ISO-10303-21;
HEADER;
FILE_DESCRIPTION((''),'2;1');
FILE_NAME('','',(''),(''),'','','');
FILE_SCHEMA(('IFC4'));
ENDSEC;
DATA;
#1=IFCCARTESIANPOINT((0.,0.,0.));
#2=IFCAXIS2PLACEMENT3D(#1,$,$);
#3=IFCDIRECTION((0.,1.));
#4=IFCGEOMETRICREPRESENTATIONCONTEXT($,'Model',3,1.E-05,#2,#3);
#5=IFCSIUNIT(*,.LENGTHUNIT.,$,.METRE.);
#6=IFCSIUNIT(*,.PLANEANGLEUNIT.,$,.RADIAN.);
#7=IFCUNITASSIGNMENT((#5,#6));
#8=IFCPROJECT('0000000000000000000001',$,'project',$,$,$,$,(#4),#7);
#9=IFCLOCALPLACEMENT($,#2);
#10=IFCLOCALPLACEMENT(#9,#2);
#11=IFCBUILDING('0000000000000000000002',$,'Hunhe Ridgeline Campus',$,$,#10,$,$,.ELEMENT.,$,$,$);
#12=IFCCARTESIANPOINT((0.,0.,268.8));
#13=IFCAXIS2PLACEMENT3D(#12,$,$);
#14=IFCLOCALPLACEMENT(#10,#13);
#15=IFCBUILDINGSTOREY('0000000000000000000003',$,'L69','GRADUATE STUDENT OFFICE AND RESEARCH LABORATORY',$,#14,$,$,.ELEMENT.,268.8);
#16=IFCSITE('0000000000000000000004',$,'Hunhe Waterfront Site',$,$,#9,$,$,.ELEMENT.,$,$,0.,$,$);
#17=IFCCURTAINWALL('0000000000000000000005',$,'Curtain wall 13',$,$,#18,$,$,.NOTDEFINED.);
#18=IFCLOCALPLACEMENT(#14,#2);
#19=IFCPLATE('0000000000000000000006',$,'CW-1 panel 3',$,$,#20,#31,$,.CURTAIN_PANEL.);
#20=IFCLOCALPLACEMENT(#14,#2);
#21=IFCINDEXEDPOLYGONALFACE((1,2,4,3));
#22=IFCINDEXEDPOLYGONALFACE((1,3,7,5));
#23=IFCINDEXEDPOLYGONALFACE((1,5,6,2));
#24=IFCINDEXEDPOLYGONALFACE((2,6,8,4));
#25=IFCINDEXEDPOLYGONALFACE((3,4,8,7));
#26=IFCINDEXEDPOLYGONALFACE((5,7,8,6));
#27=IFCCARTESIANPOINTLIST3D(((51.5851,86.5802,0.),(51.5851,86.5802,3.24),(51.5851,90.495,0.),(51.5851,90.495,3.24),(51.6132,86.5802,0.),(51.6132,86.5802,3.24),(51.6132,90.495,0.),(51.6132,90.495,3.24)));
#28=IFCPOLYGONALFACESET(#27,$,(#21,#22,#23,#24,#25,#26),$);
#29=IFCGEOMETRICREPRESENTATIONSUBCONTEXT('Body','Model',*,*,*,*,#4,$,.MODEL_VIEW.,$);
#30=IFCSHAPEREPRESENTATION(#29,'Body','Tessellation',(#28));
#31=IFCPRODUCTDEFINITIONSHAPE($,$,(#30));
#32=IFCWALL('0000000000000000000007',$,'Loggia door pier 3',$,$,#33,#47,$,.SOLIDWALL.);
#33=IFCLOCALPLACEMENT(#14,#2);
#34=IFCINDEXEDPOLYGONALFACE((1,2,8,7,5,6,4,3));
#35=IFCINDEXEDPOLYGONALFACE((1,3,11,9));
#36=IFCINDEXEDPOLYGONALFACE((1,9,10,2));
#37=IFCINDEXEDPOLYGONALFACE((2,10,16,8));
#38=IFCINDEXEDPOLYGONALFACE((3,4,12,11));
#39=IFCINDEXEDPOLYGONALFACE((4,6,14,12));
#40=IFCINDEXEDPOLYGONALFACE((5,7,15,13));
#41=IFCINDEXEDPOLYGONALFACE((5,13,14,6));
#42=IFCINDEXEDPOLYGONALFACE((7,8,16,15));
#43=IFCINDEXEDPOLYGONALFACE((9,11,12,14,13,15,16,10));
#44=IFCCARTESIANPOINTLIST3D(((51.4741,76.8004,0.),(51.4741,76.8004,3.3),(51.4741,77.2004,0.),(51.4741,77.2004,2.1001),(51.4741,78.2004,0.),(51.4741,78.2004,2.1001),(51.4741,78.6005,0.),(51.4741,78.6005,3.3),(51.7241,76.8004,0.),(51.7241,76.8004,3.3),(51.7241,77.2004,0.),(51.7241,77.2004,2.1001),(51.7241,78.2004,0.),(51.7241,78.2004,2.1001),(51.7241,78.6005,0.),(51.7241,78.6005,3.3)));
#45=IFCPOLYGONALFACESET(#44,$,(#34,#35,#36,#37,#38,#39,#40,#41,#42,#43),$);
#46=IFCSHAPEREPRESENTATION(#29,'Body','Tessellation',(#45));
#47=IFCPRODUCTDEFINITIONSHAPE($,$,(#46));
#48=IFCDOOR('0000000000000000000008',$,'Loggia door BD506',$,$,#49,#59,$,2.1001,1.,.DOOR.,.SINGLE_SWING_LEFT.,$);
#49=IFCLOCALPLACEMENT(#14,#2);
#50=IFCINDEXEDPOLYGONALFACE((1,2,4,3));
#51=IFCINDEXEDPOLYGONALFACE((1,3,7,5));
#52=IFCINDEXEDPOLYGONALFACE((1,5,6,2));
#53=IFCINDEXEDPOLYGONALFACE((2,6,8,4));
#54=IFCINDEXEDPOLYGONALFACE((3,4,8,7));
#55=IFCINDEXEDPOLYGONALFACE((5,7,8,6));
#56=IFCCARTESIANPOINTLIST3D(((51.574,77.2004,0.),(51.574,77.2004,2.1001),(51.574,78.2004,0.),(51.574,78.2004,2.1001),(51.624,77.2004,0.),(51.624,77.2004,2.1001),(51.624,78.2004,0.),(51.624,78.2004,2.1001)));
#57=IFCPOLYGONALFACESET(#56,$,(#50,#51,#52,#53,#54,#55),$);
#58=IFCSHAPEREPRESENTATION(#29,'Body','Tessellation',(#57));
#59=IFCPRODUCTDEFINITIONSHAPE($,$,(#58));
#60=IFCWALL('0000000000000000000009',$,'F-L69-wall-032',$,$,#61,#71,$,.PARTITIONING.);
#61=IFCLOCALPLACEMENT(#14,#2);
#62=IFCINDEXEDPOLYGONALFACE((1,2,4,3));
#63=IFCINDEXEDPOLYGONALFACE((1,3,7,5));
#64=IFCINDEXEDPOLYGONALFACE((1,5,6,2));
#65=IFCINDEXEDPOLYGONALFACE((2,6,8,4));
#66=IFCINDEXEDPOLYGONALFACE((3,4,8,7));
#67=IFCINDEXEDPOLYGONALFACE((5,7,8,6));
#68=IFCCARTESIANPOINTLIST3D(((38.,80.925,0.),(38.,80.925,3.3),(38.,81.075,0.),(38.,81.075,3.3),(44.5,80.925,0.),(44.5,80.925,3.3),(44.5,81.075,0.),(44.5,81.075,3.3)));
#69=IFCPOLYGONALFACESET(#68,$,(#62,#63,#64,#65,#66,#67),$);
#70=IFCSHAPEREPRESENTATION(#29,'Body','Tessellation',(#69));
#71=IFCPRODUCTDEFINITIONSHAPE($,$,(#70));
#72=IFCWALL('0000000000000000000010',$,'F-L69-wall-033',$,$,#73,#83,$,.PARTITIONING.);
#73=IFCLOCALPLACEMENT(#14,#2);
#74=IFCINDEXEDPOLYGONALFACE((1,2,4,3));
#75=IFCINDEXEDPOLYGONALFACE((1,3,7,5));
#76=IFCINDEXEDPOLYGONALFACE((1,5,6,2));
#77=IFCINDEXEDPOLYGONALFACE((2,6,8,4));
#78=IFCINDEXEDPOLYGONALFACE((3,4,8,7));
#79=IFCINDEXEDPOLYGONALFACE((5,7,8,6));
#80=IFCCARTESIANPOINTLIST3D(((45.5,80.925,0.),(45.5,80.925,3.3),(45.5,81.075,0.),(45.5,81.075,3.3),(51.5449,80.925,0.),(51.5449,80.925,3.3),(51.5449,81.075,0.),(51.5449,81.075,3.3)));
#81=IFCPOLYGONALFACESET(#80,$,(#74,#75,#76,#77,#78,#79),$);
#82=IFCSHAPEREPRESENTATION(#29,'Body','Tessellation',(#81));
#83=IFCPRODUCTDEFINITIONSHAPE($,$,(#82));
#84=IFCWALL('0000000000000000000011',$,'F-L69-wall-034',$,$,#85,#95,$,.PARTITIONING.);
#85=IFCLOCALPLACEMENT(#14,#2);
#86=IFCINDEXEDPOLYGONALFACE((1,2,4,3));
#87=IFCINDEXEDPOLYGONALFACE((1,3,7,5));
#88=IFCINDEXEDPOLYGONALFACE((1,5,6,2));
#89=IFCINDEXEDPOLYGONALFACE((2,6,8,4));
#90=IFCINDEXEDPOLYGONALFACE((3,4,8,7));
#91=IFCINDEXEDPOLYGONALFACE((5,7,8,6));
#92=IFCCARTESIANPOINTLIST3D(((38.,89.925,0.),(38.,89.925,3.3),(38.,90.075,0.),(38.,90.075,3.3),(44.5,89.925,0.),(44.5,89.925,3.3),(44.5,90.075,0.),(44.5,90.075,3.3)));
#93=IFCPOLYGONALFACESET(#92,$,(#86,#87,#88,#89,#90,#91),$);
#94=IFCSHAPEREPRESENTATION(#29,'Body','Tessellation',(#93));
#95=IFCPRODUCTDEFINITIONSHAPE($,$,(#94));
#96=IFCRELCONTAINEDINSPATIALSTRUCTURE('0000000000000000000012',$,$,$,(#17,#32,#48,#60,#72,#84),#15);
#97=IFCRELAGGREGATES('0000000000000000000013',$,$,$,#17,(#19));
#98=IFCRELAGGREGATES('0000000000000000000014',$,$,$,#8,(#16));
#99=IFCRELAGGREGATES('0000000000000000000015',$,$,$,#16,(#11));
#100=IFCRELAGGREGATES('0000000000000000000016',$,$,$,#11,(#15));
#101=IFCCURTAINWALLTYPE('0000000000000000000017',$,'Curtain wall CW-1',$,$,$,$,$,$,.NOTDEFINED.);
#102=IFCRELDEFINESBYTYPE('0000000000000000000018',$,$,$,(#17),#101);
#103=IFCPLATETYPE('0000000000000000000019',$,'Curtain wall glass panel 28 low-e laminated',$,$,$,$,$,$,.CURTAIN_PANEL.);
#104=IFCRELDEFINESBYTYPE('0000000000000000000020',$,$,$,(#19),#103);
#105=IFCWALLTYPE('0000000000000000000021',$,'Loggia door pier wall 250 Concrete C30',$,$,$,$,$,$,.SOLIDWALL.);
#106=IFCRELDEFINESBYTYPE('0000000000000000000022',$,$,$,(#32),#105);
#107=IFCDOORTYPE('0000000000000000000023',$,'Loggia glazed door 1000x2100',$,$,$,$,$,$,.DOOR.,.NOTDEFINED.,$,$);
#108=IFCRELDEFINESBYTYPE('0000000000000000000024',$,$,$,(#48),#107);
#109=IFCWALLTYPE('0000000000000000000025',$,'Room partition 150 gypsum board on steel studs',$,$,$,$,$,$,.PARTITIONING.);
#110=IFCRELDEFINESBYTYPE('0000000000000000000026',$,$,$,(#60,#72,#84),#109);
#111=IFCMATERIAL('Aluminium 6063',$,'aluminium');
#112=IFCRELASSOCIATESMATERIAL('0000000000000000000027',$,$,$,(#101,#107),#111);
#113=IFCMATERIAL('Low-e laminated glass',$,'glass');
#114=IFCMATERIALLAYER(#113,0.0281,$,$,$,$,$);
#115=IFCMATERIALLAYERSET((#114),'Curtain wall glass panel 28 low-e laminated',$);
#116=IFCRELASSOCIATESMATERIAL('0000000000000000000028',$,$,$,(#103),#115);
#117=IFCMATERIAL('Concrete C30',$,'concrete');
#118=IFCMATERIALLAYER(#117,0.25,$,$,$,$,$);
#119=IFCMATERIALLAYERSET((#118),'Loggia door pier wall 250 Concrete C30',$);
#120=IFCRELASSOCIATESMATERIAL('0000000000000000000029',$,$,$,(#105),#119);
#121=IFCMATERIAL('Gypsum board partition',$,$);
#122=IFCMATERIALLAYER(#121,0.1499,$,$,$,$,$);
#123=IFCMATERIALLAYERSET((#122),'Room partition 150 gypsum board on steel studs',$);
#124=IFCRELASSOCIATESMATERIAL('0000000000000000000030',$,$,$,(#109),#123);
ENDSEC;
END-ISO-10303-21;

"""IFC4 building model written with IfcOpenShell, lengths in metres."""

from ifc_helpers import new_model, si_unit, direction, frame, frame_2d, origin, origin_2d, place, context, subcontext, project, spatial, rectangle, extrude, material, layer, layer_set, type_object, element, fill, aggregate, save


model = new_model("IFC4")

# Units and contexts
model_context = context("Model", 3, precision=1e-05, world=origin(), true_north=direction((0.0, 1.0)))
body_context = subcontext(model_context, "Body", "Model", "MODEL_VIEW")
ifc_project = project(units=[si_unit("LENGTHUNIT", "METRE"), si_unit("PLANEANGLEUNIT", "RADIAN")], contexts=[model_context])

# Site, building, storey
site_placement = place(None, origin())
site = spatial("IfcSite", under=ifc_project, at=site_placement, Name="Hunhe Waterfront Site", CompositionType="ELEMENT", RefElevation=0.0)
building_placement = place(site_placement, origin())
building = spatial("IfcBuilding", under=site, at=building_placement, Name="Hunhe Ridgeline Campus", CompositionType="ELEMENT")
storey_placement = place(building_placement, frame((0.0, 0.0, 268.8)))
storey = spatial("IfcBuildingStorey", under=building, at=storey_placement, Name="L69", Description="GRADUATE STUDENT OFFICE AND RESEARCH LABORATORY", CompositionType="ELEMENT", Elevation=268.8)

# Curtain wall
ifc_material_1 = material(Name="Aluminium 6063", Category="aluminium")
curtain_wall_type = type_object("IfcCurtainWallType", Name="Curtain wall CW-1", PredefinedType="NOTDEFINED", material=ifc_material_1)
curtain_wall_1_placement = place(storey_placement, origin())
curtain_wall_1 = element("IfcCurtainWall", 1, at=curtain_wall_1_placement, inside=storey, type_object=curtain_wall_type, Name="Curtain wall 13", PredefinedType="NOTDEFINED")

# Plate
ifc_material_2 = material(Name="Low-e laminated glass", Category="glass")
ifc_layer_1 = layer(ifc_material_2, 0.0281)
ifc_layer_set_1 = layer_set([ifc_layer_1], Name="Curtain wall glass panel 28 low-e laminated")
plate_type = type_object("IfcPlateType", Name="Curtain wall glass panel 28 low-e laminated", PredefinedType="CURTAIN_PANEL", material=ifc_layer_set_1)
plate_1_placement = place(storey_placement, frame((51.5991, 88.5376, 0.0), z_axis=(0.0, 0.0, 1.0), x_axis=(0.0, 1.0, 0.0)))
plate_1 = element("IfcPlate", 2, at=plate_1_placement, type_object=plate_type, Name="CW-1 panel 3", PredefinedType="CURTAIN_PANEL", context=body_context, shape_type="SweptSolid", body=[
    extrude(rectangle(XDim=3.9148, YDim=0.0281, at=origin_2d()), origin(), (0.0, 0.0, 1.0), 3.24),
])
aggregate(curtain_wall_1, [plate_1])

# Wall, opening, door
ifc_material_3 = material(Name="Concrete C30", Category="concrete")
ifc_layer_2 = layer(ifc_material_3, 0.25)
ifc_layer_set_2 = layer_set([ifc_layer_2], Name="Loggia door pier wall 250 Concrete C30")
wall_type_1 = type_object("IfcWallType", Name="Loggia door pier wall 250 Concrete C30", PredefinedType="SOLIDWALL", material=ifc_layer_set_2)
wall_1_placement = place(storey_placement, frame((51.5991, 76.8005, 0.0), z_axis=(0.0, 0.0, 1.0), x_axis=(0.0, 1.0, 0.0)))
wall_1 = element("IfcWall", 3, at=wall_1_placement, inside=storey, type_object=wall_type_1, Name="Loggia door pier 3", PredefinedType="SOLIDWALL", context=body_context, shape_type="SweptSolid", body=[
    extrude(rectangle(XDim=1.8, YDim=0.25, at=frame_2d((0.8999, 0.0))), origin(), (0.0, 0.0, 1.0), 3.3),
])
opening_placement = place(wall_1_placement, frame((0.3999, 0.0, 0.0)))
opening = element("IfcOpeningElement", 4, at=opening_placement, cuts=wall_1, PredefinedType="OPENING", context=body_context, shape_type="SweptSolid", body=[
    extrude(rectangle(XDim=1.0, YDim=2.1001, at=frame_2d((0.5, 1.05))), frame((0.0, 0.125, 0.0), z_axis=(0.0, -1.0, 0.0), x_axis=(1.0, 0.0, 0.0)), (0.0, 0.0, 1.0), 0.25),
])
door_type = type_object("IfcDoorType", Name="Loggia glazed door 1000x2100", OperationType="NOTDEFINED", PredefinedType="DOOR", material=ifc_material_1)
door_placement = place(opening_placement, frame((1.0, 0.0, 0.0), z_axis=(0.0, 0.0, 1.0), x_axis=(-1.0, 0.0, 0.0)))
door = element("IfcDoor", 5, at=door_placement, inside=storey, type_object=door_type, Name="Loggia door BD506", OperationType="SINGLE_SWING_LEFT", OverallHeight=2.1001, OverallWidth=1.0, PredefinedType="DOOR", context=body_context, shape_type="SweptSolid", body=[
    extrude(rectangle(XDim=1.0, YDim=2.1001, at=frame_2d((0.5, 1.05))), frame((0.0, 0.0249, 0.0), z_axis=(0.0, -1.0, 0.0), x_axis=(1.0, 0.0, 0.0)), (0.0, 0.0, 1.0), 0.05),
])
fill(opening, door)

# Walls
ifc_material_4 = material(Name="Gypsum board partition")
ifc_layer_3 = layer(ifc_material_4, 0.1499)
ifc_layer_set_3 = layer_set([ifc_layer_3], Name="Room partition 150 gypsum board on steel studs")
wall_type_2 = type_object("IfcWallType", Name="Room partition 150 gypsum board on steel studs", PredefinedType="PARTITIONING", material=ifc_layer_set_3)
wall_2_placement = place(storey_placement, frame((38.0, 81.0, 0.0), z_axis=(0.0, 0.0, 1.0), x_axis=(1.0, 0.0, 0.0)))
element("IfcWall", 6, at=wall_2_placement, inside=storey, type_object=wall_type_2, Name="F-L69-wall-032", PredefinedType="PARTITIONING", context=body_context, shape_type="SweptSolid", body=[
    extrude(rectangle(XDim=6.5, YDim=0.1499, at=frame_2d((3.25, 0.0))), origin(), (0.0, 0.0, 1.0), 3.3),
])
wall_3_placement = place(storey_placement, frame((45.5, 81.0, 0.0), z_axis=(0.0, 0.0, 1.0), x_axis=(1.0, 0.0, 0.0)))
element("IfcWall", 7, at=wall_3_placement, inside=storey, type_object=wall_type_2, Name="F-L69-wall-033", PredefinedType="PARTITIONING", context=body_context, shape_type="SweptSolid", body=[
    extrude(rectangle(XDim=6.0449, YDim=0.1499, at=frame_2d((3.0225, 0.0))), origin(), (0.0, 0.0, 1.0), 3.3),
])
wall_4_placement = place(storey_placement, frame((38.0, 90.0, 0.0), z_axis=(0.0, 0.0, 1.0), x_axis=(1.0, 0.0, 0.0)))
element("IfcWall", 8, at=wall_4_placement, inside=storey, type_object=wall_type_2, Name="F-L69-wall-034", PredefinedType="PARTITIONING", context=body_context, shape_type="SweptSolid", body=[
    extrude(rectangle(XDim=6.5, YDim=0.1499, at=frame_2d((3.25, 0.0))), origin(), (0.0, 0.0, 1.0), 3.3),
])

save(model, "model.ifc")
